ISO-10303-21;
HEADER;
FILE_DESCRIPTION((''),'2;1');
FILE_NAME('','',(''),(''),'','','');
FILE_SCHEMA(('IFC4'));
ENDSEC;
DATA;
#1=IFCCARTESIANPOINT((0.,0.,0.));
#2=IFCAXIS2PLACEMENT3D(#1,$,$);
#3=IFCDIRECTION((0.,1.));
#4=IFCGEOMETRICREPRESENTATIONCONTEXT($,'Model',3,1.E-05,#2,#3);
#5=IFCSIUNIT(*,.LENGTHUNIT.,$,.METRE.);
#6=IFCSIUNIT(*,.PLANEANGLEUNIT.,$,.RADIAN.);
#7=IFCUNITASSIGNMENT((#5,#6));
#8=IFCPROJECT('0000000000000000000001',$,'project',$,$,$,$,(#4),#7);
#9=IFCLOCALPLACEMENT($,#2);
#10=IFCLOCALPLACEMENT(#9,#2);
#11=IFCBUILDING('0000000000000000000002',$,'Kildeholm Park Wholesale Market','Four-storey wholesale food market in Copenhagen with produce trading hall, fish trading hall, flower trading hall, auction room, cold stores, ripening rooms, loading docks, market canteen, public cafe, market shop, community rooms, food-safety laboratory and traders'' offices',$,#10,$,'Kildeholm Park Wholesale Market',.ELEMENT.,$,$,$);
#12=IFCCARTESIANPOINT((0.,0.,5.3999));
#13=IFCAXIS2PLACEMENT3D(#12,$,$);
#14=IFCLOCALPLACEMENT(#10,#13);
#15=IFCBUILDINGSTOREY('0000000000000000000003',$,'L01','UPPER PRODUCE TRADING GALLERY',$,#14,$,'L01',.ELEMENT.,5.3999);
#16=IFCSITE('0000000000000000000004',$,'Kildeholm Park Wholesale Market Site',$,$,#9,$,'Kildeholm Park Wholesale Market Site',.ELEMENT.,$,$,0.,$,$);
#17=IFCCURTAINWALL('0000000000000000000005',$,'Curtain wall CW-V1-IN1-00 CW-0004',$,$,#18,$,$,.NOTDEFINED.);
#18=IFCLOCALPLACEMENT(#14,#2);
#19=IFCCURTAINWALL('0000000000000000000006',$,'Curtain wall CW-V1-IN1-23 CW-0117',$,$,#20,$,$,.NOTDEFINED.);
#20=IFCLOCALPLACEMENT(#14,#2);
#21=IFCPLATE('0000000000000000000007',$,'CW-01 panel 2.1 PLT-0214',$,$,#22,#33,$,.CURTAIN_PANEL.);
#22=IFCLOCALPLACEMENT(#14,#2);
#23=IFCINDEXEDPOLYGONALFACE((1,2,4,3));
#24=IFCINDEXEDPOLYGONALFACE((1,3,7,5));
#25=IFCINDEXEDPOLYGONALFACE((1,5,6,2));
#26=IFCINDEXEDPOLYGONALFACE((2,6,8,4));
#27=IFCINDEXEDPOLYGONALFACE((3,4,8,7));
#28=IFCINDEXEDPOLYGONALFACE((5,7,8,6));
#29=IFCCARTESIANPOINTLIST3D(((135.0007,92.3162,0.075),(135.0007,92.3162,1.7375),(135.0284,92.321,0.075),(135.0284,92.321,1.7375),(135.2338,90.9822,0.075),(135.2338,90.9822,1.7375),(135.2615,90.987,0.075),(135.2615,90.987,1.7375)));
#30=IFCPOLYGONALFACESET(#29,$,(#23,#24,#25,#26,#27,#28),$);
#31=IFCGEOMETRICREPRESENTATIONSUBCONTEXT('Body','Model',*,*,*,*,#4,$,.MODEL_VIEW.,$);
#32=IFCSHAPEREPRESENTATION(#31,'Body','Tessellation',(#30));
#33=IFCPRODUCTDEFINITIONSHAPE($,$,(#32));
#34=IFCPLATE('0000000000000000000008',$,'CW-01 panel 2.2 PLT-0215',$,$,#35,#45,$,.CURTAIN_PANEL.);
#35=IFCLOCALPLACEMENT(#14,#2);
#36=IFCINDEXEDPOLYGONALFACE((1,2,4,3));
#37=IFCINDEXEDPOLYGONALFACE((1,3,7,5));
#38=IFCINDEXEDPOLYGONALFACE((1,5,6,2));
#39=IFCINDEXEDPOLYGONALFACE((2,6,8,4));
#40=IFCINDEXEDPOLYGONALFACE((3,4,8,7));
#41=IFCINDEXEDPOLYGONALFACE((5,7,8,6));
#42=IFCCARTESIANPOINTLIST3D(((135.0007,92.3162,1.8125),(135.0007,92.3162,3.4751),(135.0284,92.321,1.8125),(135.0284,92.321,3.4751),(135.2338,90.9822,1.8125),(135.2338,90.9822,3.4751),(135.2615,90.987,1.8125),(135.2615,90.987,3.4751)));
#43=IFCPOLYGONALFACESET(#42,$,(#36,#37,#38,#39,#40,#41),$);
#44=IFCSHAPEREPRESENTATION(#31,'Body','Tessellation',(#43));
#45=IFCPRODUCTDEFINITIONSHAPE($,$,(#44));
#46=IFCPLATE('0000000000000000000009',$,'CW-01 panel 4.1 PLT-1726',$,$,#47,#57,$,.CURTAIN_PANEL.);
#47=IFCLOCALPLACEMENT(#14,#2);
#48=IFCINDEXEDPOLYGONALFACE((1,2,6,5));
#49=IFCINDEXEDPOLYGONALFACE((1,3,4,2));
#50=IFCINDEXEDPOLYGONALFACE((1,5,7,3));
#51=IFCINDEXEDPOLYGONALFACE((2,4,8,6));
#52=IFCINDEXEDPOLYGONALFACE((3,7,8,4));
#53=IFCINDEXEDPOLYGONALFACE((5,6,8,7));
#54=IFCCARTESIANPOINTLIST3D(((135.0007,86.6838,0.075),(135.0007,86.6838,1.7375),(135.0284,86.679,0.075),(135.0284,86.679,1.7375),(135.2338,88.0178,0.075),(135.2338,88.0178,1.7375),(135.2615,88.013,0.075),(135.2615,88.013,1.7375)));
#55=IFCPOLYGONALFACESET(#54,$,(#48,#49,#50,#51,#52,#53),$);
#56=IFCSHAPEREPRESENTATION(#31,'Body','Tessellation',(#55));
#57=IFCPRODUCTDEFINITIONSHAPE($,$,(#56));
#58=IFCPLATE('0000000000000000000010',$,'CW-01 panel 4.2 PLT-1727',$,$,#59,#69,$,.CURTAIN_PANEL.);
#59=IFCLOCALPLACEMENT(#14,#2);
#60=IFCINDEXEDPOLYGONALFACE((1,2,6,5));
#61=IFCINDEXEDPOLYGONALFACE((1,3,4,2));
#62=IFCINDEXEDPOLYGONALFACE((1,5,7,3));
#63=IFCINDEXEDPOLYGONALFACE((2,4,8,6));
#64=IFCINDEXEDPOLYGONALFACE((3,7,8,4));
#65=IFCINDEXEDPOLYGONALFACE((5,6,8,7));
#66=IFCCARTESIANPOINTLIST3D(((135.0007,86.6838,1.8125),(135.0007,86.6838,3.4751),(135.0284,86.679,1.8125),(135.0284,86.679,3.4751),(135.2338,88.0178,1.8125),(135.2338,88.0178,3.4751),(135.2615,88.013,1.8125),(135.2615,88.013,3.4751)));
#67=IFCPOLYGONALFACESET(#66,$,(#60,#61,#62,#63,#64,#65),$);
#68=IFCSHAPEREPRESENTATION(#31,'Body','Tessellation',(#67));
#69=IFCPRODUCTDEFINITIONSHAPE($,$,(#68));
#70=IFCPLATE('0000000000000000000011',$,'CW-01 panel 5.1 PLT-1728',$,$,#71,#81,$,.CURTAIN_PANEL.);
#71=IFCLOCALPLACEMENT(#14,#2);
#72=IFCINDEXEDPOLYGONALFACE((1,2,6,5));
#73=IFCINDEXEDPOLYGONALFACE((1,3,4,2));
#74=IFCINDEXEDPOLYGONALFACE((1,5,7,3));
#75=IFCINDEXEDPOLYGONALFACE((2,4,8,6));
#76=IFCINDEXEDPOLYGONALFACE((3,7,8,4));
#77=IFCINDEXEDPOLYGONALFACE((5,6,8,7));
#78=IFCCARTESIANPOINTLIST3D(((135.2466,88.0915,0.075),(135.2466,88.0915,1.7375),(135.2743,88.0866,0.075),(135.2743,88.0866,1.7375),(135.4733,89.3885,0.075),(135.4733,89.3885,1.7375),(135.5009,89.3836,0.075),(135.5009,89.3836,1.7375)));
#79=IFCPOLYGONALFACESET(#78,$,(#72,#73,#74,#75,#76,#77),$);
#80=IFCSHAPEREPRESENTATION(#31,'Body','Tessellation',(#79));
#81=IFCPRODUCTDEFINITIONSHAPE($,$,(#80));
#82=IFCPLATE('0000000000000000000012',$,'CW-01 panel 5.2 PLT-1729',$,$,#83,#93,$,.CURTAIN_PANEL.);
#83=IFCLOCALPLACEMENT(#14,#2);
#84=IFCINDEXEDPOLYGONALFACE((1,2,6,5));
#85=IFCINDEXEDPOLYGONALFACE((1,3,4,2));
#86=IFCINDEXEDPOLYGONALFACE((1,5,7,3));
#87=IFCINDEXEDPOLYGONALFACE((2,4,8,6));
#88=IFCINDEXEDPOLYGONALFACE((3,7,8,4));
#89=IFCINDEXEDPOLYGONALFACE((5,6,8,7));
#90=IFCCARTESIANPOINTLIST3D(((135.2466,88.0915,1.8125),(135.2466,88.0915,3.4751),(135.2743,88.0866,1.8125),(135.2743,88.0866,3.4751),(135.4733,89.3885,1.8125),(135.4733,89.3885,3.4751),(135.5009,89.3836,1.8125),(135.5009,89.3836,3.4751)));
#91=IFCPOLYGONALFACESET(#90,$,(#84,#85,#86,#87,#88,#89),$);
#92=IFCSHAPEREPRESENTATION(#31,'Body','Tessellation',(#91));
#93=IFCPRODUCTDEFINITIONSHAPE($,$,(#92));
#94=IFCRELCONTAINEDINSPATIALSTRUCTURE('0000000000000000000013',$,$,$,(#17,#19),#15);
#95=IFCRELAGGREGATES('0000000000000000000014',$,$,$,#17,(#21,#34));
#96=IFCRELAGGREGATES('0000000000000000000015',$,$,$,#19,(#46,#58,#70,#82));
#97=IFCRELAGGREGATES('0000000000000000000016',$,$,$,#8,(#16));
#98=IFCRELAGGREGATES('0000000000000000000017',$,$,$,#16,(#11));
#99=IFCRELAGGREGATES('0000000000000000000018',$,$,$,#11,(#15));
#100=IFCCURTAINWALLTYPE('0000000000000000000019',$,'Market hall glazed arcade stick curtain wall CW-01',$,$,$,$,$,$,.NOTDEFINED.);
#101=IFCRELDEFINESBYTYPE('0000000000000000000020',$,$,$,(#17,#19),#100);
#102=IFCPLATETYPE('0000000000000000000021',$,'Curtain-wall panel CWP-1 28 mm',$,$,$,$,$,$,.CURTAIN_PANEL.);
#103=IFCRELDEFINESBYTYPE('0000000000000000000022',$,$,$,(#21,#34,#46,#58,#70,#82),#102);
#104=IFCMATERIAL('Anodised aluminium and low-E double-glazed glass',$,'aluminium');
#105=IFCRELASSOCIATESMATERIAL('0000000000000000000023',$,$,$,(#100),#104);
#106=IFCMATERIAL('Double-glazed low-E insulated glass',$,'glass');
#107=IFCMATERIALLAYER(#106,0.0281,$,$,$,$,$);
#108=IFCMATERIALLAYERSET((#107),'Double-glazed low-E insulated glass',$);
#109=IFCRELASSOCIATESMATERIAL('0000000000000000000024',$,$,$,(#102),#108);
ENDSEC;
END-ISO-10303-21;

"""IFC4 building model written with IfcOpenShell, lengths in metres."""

from ifc_helpers import new_model, si_unit, direction, frame, origin, origin_2d, place, context, subcontext, project, spatial, rectangle, extrude, material, layer, layer_set, type_object, element, aggregate, save


model = new_model("IFC4")

# Units and contexts
model_context = context("Model", 3, precision=1e-05, world=origin(), true_north=direction((0.0, 1.0)))
body_context = subcontext(model_context, "Body", "Model", "MODEL_VIEW")
ifc_project = project(units=[si_unit("LENGTHUNIT", "METRE"), si_unit("PLANEANGLEUNIT", "RADIAN")], contexts=[model_context])

# Site, building, storey
site_placement = place(None, origin())
site = spatial("IfcSite", under=ifc_project, at=site_placement, Name="Kildeholm Park Wholesale Market Site", LongName="Kildeholm Park Wholesale Market Site", CompositionType="ELEMENT", RefElevation=0.0)
building_placement = place(site_placement, origin())
building = spatial("IfcBuilding", under=site, at=building_placement, Name="Kildeholm Park Wholesale Market", Description="Four-storey wholesale food market in Copenhagen with produce trading hall, fish trading hall, flower trading hall, auction room, cold stores, ripening rooms, loading docks, market canteen, public cafe, market shop, community rooms, food-safety laboratory and traders' offices", LongName="Kildeholm Park Wholesale Market", CompositionType="ELEMENT")
storey_placement = place(building_placement, frame((0.0, 0.0, 5.3999)))
storey = spatial("IfcBuildingStorey", under=building, at=storey_placement, Name="L01", Description="UPPER PRODUCE TRADING GALLERY", LongName="L01", CompositionType="ELEMENT", Elevation=5.3999)

# Curtain wall
ifc_material_1 = material(Name="Anodised aluminium and low-E double-glazed glass", Category="aluminium")
curtain_wall_type = type_object("IfcCurtainWallType", Name="Market hall glazed arcade stick curtain wall CW-01", PredefinedType="NOTDEFINED", material=ifc_material_1)
curtain_wall_1_placement = place(storey_placement, origin())
curtain_wall_1 = element("IfcCurtainWall", 1, at=curtain_wall_1_placement, inside=storey, type_object=curtain_wall_type, Name="Curtain wall CW-V1-IN1-00 CW-0004", PredefinedType="NOTDEFINED")

# Curtain wall
curtain_wall_2_placement = place(storey_placement, origin())
curtain_wall_2 = element("IfcCurtainWall", 2, at=curtain_wall_2_placement, inside=storey, type_object=curtain_wall_type, Name="Curtain wall CW-V1-IN1-23 CW-0117", PredefinedType="NOTDEFINED")

# Plates
ifc_material_2 = material(Name="Double-glazed low-E insulated glass", Category="glass")
ifc_layer = layer(ifc_material_2, 0.0281)
ifc_layer_set = layer_set([ifc_layer], Name="Double-glazed low-E insulated glass")
plate_type = type_object("IfcPlateType", Name="Curtain-wall panel CWP-1 28 mm", PredefinedType="CURTAIN_PANEL", material=ifc_layer_set)
plate_1_placement = place(storey_placement, frame((135.1311, 91.6516, 0.075), z_axis=(0.0, 0.0, 1.0), x_axis=(-0.172133, 0.985074, 0.0)))
plate_1 = element("IfcPlate", 3, at=plate_1_placement, type_object=plate_type, Name="CW-01 panel 2.1 PLT-0214", PredefinedType="CURTAIN_PANEL", context=body_context, shape_type="SweptSolid", body=[
    extrude(rectangle(XDim=1.3542, YDim=0.0281, at=origin_2d()), origin(), (0.0, 0.0, 1.0), 1.6626),
])
plate_2_placement = place(storey_placement, frame((135.1311, 91.6516, 1.8125), z_axis=(0.0, 0.0, 1.0), x_axis=(-0.172133, 0.985074, 0.0)))
plate_2 = element("IfcPlate", 4, at=plate_2_placement, type_object=plate_type, Name="CW-01 panel 2.2 PLT-0215", PredefinedType="CURTAIN_PANEL", context=body_context, shape_type="SweptSolid", body=[
    extrude(rectangle(XDim=1.3542, YDim=0.0281, at=origin_2d()), origin(), (0.0, 0.0, 1.0), 1.6626),
])
aggregate(curtain_wall_1, [plate_1, plate_2])
plate_3_placement = place(storey_placement, frame((135.1311, 87.3484, 0.075), z_axis=(0.0, 0.0, 1.0), x_axis=(0.172133, 0.985074, 0.0)))
plate_3 = element("IfcPlate", 5, at=plate_3_placement, type_object=plate_type, Name="CW-01 panel 4.1 PLT-1726", PredefinedType="CURTAIN_PANEL", context=body_context, shape_type="SweptSolid", body=[
    extrude(rectangle(XDim=1.3542, YDim=0.0281, at=origin_2d()), origin(), (0.0, 0.0, 1.0), 1.6626),
])
plate_4_placement = place(storey_placement, frame((135.1311, 87.3484, 1.8125), z_axis=(0.0, 0.0, 1.0), x_axis=(0.172133, 0.985074, 0.0)))
plate_4 = element("IfcPlate", 6, at=plate_4_placement, type_object=plate_type, Name="CW-01 panel 4.2 PLT-1727", PredefinedType="CURTAIN_PANEL", context=body_context, shape_type="SweptSolid", body=[
    extrude(rectangle(XDim=1.3542, YDim=0.0281, at=origin_2d()), origin(), (0.0, 0.0, 1.0), 1.6626),
])
plate_5_placement = place(storey_placement, frame((135.3738, 88.7375, 0.075), z_axis=(0.0, 0.0, 1.0), x_axis=(0.172133, 0.985074, 0.0)))
plate_5 = element("IfcPlate", 7, at=plate_5_placement, type_object=plate_type, Name="CW-01 panel 5.1 PLT-1728", PredefinedType="CURTAIN_PANEL", context=body_context, shape_type="SweptSolid", body=[
    extrude(rectangle(XDim=1.3167, YDim=0.0281, at=origin_2d()), origin(), (0.0, 0.0, 1.0), 1.6626),
])
plate_6_placement = place(storey_placement, frame((135.3738, 88.7375, 1.8125), z_axis=(0.0, 0.0, 1.0), x_axis=(0.172133, 0.985074, 0.0)))
plate_6 = element("IfcPlate", 8, at=plate_6_placement, type_object=plate_type, Name="CW-01 panel 5.2 PLT-1729", PredefinedType="CURTAIN_PANEL", context=body_context, shape_type="SweptSolid", body=[
    extrude(rectangle(XDim=1.3167, YDim=0.0281, at=origin_2d()), origin(), (0.0, 0.0, 1.0), 1.6626),
])
aggregate(curtain_wall_2, [plate_3, plate_4, plate_5, plate_6])

save(model, "model.ifc")
